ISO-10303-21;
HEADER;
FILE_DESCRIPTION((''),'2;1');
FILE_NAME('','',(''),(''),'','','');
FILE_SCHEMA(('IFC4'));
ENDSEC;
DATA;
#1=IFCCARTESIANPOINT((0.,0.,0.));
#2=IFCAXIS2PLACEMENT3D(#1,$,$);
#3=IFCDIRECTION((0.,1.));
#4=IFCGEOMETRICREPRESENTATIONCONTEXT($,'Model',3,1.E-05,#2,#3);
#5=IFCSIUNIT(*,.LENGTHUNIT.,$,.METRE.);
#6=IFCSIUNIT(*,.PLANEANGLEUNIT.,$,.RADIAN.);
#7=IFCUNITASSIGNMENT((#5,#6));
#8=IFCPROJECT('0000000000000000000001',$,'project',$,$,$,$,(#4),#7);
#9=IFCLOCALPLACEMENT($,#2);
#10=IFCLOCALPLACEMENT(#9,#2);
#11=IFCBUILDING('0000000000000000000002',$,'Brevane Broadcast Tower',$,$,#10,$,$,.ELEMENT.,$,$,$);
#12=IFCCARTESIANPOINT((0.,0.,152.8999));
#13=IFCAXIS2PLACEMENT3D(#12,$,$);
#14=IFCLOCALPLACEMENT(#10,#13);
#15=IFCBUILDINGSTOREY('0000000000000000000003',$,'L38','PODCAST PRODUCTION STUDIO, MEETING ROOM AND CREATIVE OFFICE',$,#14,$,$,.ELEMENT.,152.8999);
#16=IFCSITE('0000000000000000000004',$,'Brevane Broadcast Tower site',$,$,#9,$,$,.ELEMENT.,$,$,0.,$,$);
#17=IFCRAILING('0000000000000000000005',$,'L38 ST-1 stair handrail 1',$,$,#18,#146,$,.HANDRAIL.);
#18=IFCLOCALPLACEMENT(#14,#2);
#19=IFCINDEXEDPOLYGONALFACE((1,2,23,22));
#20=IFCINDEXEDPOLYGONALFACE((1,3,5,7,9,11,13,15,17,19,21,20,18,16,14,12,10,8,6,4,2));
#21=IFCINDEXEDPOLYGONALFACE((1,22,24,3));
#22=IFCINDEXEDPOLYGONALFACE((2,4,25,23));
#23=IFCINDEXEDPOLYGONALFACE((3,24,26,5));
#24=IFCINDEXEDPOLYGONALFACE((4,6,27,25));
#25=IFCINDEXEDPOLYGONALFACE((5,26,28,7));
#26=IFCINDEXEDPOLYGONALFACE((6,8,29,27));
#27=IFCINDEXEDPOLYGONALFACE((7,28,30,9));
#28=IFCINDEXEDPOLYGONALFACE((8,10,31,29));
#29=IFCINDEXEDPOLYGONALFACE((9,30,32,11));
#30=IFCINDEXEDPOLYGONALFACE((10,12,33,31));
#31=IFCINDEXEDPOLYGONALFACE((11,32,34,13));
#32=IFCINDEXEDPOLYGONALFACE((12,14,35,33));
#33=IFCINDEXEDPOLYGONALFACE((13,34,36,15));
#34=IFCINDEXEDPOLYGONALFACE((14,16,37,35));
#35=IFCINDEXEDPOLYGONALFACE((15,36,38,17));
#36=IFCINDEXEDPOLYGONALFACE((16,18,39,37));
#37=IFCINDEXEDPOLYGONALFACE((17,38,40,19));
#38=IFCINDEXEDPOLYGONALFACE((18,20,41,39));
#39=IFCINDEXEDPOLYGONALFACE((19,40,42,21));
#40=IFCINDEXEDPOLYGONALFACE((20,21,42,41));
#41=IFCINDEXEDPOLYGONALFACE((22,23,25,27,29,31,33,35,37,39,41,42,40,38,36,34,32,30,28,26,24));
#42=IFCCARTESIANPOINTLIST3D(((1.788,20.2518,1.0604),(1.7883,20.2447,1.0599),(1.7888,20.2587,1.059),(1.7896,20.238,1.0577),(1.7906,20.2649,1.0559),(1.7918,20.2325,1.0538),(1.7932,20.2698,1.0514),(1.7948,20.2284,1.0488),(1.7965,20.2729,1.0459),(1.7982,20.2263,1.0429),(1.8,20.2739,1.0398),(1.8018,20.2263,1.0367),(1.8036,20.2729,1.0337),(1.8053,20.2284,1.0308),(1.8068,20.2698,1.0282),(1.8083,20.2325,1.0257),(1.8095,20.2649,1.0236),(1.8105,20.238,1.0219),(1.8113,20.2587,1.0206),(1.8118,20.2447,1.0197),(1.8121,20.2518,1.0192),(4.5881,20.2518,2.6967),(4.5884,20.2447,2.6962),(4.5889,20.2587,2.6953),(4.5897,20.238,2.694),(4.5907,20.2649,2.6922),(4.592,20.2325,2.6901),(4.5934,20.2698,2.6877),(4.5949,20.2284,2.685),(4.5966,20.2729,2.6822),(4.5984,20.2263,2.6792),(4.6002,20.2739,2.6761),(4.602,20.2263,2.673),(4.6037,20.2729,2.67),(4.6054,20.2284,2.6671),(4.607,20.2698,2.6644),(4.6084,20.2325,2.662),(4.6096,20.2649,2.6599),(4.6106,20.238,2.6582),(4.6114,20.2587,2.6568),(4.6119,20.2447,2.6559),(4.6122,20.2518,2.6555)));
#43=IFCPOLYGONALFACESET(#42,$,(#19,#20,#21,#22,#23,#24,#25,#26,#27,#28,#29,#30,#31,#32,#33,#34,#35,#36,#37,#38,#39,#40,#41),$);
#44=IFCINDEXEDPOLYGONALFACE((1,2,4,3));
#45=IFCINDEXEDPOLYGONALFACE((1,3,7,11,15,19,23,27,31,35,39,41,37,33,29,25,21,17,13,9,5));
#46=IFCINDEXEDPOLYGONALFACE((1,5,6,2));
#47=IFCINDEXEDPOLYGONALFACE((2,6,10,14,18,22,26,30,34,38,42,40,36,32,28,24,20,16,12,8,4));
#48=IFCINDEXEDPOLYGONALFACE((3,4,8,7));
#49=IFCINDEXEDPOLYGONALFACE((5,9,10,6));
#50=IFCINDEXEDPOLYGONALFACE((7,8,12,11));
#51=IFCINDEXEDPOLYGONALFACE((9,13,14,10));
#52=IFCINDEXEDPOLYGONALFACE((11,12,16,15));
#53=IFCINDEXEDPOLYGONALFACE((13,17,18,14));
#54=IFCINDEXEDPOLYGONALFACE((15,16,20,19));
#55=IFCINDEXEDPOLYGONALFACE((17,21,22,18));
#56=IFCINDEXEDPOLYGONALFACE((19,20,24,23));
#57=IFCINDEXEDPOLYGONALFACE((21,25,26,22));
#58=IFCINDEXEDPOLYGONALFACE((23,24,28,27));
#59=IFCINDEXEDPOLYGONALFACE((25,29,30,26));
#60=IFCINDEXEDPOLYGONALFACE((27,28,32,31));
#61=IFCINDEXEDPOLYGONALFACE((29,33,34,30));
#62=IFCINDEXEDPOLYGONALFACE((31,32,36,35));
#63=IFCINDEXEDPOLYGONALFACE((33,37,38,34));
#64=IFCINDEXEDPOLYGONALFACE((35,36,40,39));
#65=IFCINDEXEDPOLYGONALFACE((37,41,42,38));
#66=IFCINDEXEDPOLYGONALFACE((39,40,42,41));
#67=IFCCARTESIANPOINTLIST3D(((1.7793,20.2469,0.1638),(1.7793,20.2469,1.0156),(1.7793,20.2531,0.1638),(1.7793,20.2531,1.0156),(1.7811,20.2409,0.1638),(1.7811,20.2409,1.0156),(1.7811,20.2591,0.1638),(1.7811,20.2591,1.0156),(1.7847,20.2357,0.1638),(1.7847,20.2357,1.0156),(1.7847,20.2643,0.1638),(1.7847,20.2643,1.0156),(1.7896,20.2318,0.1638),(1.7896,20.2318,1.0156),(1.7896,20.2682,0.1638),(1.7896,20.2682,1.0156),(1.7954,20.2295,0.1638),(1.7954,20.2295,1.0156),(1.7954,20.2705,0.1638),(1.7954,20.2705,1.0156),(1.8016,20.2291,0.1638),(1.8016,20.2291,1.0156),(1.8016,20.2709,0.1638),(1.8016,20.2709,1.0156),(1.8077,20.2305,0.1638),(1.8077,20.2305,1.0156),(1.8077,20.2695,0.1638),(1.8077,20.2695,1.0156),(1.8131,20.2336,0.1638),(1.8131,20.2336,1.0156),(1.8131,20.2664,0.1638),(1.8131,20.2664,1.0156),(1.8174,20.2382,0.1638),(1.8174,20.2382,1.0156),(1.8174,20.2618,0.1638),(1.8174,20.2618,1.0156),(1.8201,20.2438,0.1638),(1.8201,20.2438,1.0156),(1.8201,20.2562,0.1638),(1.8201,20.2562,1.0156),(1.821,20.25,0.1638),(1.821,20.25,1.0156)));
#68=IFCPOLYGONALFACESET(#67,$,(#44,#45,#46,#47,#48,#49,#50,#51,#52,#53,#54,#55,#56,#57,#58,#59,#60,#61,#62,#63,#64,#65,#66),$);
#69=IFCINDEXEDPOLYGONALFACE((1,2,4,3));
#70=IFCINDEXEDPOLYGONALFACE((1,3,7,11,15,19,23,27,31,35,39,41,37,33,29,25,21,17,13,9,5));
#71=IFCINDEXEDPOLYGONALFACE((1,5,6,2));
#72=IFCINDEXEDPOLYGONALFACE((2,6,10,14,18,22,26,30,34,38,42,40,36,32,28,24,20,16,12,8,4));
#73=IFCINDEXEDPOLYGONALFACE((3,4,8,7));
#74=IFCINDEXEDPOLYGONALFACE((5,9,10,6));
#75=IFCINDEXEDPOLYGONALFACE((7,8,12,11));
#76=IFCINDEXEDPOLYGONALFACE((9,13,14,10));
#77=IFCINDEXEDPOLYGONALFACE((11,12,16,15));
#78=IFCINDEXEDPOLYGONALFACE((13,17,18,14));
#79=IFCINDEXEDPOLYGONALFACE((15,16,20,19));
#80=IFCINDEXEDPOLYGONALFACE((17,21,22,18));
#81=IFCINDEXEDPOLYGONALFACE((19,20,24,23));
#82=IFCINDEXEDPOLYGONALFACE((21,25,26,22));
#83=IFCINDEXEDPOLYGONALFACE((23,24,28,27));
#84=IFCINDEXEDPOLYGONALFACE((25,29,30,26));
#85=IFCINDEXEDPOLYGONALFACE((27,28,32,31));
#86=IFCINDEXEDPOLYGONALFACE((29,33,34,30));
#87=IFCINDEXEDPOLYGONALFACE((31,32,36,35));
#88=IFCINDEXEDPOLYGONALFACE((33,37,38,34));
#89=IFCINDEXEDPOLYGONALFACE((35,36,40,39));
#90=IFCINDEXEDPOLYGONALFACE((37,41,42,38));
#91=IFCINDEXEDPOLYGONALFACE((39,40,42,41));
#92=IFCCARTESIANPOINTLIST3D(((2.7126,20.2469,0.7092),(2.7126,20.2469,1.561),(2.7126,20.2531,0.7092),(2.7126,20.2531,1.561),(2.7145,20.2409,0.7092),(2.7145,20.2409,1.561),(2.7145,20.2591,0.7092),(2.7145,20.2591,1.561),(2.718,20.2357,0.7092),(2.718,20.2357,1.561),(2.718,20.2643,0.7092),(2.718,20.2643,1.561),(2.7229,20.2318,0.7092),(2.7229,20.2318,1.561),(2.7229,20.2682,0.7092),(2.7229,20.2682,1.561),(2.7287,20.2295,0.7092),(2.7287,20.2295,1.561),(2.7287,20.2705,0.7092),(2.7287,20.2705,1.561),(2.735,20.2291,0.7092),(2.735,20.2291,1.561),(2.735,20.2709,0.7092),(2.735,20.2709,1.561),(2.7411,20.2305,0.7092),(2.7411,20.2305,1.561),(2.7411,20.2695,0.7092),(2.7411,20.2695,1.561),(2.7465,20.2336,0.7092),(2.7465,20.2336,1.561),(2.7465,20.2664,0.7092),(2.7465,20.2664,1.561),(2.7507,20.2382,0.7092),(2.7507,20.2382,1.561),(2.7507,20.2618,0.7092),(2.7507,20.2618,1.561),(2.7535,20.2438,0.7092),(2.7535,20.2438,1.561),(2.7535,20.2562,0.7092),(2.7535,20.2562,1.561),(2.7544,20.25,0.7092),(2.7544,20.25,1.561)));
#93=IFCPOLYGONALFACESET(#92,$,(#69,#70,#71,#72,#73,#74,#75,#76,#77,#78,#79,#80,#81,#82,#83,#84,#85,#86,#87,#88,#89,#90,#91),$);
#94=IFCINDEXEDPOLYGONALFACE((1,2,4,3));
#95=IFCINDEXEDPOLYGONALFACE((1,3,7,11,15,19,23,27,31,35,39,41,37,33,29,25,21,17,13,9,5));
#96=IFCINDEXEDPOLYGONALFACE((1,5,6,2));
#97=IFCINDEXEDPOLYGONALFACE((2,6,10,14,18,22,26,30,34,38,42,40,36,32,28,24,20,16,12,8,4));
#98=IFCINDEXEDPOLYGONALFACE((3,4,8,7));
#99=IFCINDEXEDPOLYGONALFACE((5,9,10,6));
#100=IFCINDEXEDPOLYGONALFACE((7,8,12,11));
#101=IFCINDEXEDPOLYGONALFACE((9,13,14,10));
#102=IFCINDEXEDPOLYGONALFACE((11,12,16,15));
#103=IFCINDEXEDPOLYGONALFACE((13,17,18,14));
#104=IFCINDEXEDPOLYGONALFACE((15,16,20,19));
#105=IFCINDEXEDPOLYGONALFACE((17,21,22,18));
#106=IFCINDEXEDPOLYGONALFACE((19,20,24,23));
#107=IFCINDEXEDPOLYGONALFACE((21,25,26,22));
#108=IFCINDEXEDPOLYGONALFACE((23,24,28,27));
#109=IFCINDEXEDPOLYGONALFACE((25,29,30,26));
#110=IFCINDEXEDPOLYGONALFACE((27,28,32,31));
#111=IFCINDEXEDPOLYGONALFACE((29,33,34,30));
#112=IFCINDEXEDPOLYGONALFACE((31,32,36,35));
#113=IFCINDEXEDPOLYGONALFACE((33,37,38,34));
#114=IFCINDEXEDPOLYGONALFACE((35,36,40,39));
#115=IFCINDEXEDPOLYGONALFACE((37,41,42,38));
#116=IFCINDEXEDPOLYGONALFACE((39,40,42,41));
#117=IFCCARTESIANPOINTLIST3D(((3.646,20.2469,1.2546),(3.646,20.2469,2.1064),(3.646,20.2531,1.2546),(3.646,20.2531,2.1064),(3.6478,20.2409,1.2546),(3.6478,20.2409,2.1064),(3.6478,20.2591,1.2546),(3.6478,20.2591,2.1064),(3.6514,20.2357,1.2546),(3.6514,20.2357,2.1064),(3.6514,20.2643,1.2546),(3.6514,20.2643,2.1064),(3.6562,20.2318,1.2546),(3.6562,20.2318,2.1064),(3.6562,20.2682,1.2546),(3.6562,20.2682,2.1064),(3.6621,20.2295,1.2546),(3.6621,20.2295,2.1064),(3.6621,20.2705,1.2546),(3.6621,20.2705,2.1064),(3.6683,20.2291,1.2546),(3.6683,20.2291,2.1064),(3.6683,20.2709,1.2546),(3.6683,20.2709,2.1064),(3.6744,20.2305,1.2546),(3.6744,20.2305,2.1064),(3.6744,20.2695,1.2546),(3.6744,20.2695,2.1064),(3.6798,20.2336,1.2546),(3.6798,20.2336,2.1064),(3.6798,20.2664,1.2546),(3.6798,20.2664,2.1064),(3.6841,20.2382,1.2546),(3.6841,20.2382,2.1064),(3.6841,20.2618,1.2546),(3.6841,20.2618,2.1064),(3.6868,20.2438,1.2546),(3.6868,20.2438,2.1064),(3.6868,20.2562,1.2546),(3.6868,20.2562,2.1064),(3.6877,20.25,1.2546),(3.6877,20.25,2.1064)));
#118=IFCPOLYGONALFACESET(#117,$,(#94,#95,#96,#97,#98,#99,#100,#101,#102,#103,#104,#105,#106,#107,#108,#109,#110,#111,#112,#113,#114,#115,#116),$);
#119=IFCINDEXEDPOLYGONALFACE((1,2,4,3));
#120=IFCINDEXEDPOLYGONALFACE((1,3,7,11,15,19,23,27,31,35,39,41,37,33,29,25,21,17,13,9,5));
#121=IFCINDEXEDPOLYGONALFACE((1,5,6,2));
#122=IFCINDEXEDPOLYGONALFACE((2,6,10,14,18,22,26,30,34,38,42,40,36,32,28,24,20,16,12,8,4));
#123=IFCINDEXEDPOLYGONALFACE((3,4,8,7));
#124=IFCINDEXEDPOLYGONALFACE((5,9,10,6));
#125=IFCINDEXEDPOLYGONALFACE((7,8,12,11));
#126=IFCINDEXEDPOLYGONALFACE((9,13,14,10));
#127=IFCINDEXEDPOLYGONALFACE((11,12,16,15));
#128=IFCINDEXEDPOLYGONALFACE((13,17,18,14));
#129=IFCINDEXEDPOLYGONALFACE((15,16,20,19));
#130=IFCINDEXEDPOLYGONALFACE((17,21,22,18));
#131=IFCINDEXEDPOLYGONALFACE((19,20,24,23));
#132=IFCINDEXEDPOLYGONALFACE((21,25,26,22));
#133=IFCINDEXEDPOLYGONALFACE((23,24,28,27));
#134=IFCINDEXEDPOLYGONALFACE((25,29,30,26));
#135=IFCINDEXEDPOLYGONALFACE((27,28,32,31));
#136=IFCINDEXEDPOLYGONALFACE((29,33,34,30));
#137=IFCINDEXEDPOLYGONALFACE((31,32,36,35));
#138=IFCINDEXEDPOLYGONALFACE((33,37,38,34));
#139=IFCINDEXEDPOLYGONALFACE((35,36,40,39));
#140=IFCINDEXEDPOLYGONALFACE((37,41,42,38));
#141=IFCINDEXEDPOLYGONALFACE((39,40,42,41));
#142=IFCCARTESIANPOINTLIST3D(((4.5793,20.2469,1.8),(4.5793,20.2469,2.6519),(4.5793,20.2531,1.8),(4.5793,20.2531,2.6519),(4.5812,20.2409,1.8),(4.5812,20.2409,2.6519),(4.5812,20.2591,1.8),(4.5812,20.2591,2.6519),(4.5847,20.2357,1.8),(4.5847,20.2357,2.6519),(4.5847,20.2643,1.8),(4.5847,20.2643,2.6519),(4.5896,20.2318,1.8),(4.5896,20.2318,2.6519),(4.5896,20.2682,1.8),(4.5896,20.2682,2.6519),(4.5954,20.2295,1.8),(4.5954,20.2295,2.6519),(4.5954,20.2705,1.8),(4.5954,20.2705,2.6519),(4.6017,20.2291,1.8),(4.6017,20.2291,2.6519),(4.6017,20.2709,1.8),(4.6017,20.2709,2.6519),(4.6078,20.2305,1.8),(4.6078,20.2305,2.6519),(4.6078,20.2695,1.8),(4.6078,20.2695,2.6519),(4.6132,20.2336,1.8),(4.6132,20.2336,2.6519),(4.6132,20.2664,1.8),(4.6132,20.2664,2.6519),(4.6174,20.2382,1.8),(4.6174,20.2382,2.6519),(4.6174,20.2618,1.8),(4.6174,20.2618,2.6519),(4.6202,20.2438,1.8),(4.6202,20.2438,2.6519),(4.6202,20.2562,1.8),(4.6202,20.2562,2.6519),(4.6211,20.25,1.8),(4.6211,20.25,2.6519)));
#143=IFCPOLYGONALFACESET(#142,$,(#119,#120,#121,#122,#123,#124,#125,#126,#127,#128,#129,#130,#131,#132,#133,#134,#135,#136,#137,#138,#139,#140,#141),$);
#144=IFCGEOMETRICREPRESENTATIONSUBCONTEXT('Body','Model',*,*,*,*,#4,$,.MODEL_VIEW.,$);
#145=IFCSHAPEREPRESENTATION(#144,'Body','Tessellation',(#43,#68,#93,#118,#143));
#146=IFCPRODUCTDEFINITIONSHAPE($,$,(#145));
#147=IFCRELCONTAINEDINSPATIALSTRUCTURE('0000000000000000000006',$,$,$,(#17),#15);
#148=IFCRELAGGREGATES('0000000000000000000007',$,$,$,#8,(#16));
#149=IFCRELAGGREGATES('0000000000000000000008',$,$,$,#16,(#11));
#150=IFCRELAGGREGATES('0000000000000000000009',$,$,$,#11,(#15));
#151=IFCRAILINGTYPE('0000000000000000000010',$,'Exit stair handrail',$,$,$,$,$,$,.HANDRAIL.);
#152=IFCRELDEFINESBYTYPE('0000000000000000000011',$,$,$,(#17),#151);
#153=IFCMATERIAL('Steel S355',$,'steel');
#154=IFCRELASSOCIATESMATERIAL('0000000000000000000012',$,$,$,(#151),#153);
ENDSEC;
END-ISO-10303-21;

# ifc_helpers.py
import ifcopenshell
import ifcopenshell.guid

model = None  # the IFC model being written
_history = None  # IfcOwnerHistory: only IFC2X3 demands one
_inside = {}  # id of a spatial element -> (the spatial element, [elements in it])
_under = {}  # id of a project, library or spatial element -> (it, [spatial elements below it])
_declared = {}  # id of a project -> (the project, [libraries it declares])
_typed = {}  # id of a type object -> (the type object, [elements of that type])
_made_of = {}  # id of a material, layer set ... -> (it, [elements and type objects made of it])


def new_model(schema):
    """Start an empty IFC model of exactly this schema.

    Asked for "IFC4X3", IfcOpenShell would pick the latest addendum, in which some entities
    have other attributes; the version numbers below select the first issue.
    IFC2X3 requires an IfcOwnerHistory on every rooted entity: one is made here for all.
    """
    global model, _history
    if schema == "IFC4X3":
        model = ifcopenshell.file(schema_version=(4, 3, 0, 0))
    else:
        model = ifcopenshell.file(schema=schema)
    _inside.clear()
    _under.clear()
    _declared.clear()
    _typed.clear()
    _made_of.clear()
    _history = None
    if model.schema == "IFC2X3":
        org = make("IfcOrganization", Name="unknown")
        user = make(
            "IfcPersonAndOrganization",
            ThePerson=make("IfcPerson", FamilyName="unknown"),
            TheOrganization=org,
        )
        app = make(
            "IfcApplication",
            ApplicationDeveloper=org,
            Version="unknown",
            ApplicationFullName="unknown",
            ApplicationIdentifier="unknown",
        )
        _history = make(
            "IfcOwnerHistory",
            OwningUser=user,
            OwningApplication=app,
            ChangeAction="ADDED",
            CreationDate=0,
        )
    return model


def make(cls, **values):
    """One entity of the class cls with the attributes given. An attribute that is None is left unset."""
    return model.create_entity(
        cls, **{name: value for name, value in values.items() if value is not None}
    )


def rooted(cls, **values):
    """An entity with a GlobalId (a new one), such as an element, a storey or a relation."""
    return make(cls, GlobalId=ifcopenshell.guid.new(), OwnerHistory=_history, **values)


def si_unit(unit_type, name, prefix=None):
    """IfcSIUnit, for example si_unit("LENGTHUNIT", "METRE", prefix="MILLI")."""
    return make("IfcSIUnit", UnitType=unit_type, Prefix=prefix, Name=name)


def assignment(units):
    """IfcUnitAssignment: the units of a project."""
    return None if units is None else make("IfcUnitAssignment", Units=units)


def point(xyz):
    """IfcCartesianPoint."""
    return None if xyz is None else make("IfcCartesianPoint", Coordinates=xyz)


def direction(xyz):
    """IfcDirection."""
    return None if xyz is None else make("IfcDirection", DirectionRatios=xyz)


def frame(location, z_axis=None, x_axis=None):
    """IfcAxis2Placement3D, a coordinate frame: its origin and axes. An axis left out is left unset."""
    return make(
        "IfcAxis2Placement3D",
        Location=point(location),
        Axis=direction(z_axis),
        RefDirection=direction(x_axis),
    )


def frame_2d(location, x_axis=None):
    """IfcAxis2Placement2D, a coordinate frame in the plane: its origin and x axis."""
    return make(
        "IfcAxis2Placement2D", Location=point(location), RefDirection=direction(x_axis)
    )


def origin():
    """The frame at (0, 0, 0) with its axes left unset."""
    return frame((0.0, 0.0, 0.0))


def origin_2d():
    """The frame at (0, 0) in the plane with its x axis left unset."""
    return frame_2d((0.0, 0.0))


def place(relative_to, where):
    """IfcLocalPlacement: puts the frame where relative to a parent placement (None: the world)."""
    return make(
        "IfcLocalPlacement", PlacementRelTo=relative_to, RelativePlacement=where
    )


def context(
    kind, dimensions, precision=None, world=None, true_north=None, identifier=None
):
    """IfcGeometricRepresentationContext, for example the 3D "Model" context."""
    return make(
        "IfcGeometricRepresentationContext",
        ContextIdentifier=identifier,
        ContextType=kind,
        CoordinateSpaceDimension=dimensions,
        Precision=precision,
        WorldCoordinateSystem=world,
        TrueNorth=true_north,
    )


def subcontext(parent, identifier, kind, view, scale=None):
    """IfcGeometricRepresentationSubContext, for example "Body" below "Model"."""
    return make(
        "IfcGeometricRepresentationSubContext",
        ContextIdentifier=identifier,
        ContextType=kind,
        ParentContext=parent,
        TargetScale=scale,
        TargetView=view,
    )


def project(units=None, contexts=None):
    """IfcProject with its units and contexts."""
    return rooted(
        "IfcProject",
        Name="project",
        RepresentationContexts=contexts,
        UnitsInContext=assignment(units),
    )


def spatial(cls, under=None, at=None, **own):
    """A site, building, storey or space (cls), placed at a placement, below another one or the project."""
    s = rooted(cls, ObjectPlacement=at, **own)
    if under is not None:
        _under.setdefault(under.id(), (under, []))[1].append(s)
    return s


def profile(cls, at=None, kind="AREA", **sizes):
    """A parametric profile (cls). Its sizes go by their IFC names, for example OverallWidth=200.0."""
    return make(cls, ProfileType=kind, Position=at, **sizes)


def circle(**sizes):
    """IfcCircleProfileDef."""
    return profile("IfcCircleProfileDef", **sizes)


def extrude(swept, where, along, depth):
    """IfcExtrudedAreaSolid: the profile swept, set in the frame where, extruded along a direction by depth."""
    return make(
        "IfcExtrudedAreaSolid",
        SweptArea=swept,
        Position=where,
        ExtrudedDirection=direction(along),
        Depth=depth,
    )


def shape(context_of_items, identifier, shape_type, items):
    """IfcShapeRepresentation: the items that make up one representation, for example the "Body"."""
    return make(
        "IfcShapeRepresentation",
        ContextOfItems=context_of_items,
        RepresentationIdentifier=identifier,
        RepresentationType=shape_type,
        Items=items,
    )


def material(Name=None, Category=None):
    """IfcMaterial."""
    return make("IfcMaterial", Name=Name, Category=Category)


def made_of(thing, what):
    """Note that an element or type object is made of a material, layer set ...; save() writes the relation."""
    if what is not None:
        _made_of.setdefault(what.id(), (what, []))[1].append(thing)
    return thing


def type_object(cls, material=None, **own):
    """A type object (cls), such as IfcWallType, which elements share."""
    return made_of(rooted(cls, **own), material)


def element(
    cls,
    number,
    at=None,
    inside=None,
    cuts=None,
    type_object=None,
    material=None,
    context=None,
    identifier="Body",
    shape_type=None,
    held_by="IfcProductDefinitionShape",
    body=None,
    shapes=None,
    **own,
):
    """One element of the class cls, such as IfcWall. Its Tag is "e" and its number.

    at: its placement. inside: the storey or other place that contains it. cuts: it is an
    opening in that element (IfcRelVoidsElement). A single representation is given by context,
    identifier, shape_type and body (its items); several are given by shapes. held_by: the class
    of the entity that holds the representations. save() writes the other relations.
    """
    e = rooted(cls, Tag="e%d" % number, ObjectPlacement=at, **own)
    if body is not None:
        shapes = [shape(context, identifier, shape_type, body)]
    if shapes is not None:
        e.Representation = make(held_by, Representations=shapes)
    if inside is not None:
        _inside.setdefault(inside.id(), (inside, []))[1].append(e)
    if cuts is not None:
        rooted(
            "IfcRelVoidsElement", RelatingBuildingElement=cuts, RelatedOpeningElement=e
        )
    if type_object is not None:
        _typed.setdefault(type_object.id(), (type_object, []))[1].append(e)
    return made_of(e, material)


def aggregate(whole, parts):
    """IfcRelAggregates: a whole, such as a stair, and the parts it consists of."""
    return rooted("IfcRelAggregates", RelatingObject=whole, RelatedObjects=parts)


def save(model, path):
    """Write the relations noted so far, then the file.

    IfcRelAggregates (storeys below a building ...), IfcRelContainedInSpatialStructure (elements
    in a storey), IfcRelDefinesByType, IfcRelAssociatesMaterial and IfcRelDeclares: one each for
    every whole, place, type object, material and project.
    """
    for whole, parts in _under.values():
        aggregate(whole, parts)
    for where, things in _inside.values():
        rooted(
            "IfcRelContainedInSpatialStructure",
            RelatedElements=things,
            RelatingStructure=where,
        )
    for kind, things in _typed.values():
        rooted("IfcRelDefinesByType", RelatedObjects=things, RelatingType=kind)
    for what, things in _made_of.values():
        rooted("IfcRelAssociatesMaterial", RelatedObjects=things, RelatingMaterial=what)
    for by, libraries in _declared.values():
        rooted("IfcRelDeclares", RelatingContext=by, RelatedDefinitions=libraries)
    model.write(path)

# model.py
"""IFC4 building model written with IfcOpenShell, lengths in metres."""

from ifc_helpers import new_model, si_unit, direction, frame, origin, origin_2d, place, context, subcontext, project, spatial, circle, extrude, material, type_object, element, save


model = new_model("IFC4")

# Units and contexts
model_context = context("Model", 3, precision=1e-05, world=origin(), true_north=direction((0.0, 1.0)))
body_context = subcontext(model_context, "Body", "Model", "MODEL_VIEW")
ifc_project = project(units=[si_unit("LENGTHUNIT", "METRE"), si_unit("PLANEANGLEUNIT", "RADIAN")], contexts=[model_context])

# Site, building, storey
site_placement = place(None, origin())
site = spatial("IfcSite", under=ifc_project, at=site_placement, Name="Brevane Broadcast Tower site", CompositionType="ELEMENT", RefElevation=0.0)
building_placement = place(site_placement, origin())
building = spatial("IfcBuilding", under=site, at=building_placement, Name="Brevane Broadcast Tower", CompositionType="ELEMENT")
storey_placement = place(building_placement, frame((0.0, 0.0, 152.8999)))
storey = spatial("IfcBuildingStorey", under=building, at=storey_placement, Name="L38", Description="PODCAST PRODUCTION STUDIO, MEETING ROOM AND CREATIVE OFFICE", CompositionType="ELEMENT", Elevation=152.8999)

# Railing
ifc_material_1 = material(Name="Steel S355", Category="steel")
railing_type_1 = type_object("IfcRailingType", Name="Exit stair handrail", PredefinedType="HANDRAIL", material=ifc_material_1)
railing_1_placement = place(storey_placement, frame((1.8, 20.25, 0.1638)))
element("IfcRailing", 1, at=railing_1_placement, inside=storey, type_object=railing_type_1, Name="L38 ST-1 stair handrail 1", PredefinedType="HANDRAIL", context=body_context, shape_type="SweptSolid", body=[
    extrude(circle(Radius=0.0239, at=origin_2d()), frame((0.0, 0.0, 0.876), z_axis=(0.863394, 0.0, 0.504531), x_axis=(0.0, 1.0, 0.0)), (0.0, 0.0, 1.0), 3.2432),
    extrude(circle(Radius=0.021, at=origin_2d()), origin(), (0.0, 0.0, 1.0), 0.8518),
    extrude(circle(Radius=0.021, at=origin_2d()), frame((0.9333, 0.0, 0.5454)), (0.0, 0.0, 1.0), 0.8518),
    extrude(circle(Radius=0.021, at=origin_2d()), frame((1.8667, 0.0, 1.0908)), (0.0, 0.0, 1.0), 0.8518),
    extrude(circle(Radius=0.021, at=origin_2d()), frame((2.8, 0.0, 1.6362)), (0.0, 0.0, 1.0), 0.8518),
])

save(model, "model.ifc")
